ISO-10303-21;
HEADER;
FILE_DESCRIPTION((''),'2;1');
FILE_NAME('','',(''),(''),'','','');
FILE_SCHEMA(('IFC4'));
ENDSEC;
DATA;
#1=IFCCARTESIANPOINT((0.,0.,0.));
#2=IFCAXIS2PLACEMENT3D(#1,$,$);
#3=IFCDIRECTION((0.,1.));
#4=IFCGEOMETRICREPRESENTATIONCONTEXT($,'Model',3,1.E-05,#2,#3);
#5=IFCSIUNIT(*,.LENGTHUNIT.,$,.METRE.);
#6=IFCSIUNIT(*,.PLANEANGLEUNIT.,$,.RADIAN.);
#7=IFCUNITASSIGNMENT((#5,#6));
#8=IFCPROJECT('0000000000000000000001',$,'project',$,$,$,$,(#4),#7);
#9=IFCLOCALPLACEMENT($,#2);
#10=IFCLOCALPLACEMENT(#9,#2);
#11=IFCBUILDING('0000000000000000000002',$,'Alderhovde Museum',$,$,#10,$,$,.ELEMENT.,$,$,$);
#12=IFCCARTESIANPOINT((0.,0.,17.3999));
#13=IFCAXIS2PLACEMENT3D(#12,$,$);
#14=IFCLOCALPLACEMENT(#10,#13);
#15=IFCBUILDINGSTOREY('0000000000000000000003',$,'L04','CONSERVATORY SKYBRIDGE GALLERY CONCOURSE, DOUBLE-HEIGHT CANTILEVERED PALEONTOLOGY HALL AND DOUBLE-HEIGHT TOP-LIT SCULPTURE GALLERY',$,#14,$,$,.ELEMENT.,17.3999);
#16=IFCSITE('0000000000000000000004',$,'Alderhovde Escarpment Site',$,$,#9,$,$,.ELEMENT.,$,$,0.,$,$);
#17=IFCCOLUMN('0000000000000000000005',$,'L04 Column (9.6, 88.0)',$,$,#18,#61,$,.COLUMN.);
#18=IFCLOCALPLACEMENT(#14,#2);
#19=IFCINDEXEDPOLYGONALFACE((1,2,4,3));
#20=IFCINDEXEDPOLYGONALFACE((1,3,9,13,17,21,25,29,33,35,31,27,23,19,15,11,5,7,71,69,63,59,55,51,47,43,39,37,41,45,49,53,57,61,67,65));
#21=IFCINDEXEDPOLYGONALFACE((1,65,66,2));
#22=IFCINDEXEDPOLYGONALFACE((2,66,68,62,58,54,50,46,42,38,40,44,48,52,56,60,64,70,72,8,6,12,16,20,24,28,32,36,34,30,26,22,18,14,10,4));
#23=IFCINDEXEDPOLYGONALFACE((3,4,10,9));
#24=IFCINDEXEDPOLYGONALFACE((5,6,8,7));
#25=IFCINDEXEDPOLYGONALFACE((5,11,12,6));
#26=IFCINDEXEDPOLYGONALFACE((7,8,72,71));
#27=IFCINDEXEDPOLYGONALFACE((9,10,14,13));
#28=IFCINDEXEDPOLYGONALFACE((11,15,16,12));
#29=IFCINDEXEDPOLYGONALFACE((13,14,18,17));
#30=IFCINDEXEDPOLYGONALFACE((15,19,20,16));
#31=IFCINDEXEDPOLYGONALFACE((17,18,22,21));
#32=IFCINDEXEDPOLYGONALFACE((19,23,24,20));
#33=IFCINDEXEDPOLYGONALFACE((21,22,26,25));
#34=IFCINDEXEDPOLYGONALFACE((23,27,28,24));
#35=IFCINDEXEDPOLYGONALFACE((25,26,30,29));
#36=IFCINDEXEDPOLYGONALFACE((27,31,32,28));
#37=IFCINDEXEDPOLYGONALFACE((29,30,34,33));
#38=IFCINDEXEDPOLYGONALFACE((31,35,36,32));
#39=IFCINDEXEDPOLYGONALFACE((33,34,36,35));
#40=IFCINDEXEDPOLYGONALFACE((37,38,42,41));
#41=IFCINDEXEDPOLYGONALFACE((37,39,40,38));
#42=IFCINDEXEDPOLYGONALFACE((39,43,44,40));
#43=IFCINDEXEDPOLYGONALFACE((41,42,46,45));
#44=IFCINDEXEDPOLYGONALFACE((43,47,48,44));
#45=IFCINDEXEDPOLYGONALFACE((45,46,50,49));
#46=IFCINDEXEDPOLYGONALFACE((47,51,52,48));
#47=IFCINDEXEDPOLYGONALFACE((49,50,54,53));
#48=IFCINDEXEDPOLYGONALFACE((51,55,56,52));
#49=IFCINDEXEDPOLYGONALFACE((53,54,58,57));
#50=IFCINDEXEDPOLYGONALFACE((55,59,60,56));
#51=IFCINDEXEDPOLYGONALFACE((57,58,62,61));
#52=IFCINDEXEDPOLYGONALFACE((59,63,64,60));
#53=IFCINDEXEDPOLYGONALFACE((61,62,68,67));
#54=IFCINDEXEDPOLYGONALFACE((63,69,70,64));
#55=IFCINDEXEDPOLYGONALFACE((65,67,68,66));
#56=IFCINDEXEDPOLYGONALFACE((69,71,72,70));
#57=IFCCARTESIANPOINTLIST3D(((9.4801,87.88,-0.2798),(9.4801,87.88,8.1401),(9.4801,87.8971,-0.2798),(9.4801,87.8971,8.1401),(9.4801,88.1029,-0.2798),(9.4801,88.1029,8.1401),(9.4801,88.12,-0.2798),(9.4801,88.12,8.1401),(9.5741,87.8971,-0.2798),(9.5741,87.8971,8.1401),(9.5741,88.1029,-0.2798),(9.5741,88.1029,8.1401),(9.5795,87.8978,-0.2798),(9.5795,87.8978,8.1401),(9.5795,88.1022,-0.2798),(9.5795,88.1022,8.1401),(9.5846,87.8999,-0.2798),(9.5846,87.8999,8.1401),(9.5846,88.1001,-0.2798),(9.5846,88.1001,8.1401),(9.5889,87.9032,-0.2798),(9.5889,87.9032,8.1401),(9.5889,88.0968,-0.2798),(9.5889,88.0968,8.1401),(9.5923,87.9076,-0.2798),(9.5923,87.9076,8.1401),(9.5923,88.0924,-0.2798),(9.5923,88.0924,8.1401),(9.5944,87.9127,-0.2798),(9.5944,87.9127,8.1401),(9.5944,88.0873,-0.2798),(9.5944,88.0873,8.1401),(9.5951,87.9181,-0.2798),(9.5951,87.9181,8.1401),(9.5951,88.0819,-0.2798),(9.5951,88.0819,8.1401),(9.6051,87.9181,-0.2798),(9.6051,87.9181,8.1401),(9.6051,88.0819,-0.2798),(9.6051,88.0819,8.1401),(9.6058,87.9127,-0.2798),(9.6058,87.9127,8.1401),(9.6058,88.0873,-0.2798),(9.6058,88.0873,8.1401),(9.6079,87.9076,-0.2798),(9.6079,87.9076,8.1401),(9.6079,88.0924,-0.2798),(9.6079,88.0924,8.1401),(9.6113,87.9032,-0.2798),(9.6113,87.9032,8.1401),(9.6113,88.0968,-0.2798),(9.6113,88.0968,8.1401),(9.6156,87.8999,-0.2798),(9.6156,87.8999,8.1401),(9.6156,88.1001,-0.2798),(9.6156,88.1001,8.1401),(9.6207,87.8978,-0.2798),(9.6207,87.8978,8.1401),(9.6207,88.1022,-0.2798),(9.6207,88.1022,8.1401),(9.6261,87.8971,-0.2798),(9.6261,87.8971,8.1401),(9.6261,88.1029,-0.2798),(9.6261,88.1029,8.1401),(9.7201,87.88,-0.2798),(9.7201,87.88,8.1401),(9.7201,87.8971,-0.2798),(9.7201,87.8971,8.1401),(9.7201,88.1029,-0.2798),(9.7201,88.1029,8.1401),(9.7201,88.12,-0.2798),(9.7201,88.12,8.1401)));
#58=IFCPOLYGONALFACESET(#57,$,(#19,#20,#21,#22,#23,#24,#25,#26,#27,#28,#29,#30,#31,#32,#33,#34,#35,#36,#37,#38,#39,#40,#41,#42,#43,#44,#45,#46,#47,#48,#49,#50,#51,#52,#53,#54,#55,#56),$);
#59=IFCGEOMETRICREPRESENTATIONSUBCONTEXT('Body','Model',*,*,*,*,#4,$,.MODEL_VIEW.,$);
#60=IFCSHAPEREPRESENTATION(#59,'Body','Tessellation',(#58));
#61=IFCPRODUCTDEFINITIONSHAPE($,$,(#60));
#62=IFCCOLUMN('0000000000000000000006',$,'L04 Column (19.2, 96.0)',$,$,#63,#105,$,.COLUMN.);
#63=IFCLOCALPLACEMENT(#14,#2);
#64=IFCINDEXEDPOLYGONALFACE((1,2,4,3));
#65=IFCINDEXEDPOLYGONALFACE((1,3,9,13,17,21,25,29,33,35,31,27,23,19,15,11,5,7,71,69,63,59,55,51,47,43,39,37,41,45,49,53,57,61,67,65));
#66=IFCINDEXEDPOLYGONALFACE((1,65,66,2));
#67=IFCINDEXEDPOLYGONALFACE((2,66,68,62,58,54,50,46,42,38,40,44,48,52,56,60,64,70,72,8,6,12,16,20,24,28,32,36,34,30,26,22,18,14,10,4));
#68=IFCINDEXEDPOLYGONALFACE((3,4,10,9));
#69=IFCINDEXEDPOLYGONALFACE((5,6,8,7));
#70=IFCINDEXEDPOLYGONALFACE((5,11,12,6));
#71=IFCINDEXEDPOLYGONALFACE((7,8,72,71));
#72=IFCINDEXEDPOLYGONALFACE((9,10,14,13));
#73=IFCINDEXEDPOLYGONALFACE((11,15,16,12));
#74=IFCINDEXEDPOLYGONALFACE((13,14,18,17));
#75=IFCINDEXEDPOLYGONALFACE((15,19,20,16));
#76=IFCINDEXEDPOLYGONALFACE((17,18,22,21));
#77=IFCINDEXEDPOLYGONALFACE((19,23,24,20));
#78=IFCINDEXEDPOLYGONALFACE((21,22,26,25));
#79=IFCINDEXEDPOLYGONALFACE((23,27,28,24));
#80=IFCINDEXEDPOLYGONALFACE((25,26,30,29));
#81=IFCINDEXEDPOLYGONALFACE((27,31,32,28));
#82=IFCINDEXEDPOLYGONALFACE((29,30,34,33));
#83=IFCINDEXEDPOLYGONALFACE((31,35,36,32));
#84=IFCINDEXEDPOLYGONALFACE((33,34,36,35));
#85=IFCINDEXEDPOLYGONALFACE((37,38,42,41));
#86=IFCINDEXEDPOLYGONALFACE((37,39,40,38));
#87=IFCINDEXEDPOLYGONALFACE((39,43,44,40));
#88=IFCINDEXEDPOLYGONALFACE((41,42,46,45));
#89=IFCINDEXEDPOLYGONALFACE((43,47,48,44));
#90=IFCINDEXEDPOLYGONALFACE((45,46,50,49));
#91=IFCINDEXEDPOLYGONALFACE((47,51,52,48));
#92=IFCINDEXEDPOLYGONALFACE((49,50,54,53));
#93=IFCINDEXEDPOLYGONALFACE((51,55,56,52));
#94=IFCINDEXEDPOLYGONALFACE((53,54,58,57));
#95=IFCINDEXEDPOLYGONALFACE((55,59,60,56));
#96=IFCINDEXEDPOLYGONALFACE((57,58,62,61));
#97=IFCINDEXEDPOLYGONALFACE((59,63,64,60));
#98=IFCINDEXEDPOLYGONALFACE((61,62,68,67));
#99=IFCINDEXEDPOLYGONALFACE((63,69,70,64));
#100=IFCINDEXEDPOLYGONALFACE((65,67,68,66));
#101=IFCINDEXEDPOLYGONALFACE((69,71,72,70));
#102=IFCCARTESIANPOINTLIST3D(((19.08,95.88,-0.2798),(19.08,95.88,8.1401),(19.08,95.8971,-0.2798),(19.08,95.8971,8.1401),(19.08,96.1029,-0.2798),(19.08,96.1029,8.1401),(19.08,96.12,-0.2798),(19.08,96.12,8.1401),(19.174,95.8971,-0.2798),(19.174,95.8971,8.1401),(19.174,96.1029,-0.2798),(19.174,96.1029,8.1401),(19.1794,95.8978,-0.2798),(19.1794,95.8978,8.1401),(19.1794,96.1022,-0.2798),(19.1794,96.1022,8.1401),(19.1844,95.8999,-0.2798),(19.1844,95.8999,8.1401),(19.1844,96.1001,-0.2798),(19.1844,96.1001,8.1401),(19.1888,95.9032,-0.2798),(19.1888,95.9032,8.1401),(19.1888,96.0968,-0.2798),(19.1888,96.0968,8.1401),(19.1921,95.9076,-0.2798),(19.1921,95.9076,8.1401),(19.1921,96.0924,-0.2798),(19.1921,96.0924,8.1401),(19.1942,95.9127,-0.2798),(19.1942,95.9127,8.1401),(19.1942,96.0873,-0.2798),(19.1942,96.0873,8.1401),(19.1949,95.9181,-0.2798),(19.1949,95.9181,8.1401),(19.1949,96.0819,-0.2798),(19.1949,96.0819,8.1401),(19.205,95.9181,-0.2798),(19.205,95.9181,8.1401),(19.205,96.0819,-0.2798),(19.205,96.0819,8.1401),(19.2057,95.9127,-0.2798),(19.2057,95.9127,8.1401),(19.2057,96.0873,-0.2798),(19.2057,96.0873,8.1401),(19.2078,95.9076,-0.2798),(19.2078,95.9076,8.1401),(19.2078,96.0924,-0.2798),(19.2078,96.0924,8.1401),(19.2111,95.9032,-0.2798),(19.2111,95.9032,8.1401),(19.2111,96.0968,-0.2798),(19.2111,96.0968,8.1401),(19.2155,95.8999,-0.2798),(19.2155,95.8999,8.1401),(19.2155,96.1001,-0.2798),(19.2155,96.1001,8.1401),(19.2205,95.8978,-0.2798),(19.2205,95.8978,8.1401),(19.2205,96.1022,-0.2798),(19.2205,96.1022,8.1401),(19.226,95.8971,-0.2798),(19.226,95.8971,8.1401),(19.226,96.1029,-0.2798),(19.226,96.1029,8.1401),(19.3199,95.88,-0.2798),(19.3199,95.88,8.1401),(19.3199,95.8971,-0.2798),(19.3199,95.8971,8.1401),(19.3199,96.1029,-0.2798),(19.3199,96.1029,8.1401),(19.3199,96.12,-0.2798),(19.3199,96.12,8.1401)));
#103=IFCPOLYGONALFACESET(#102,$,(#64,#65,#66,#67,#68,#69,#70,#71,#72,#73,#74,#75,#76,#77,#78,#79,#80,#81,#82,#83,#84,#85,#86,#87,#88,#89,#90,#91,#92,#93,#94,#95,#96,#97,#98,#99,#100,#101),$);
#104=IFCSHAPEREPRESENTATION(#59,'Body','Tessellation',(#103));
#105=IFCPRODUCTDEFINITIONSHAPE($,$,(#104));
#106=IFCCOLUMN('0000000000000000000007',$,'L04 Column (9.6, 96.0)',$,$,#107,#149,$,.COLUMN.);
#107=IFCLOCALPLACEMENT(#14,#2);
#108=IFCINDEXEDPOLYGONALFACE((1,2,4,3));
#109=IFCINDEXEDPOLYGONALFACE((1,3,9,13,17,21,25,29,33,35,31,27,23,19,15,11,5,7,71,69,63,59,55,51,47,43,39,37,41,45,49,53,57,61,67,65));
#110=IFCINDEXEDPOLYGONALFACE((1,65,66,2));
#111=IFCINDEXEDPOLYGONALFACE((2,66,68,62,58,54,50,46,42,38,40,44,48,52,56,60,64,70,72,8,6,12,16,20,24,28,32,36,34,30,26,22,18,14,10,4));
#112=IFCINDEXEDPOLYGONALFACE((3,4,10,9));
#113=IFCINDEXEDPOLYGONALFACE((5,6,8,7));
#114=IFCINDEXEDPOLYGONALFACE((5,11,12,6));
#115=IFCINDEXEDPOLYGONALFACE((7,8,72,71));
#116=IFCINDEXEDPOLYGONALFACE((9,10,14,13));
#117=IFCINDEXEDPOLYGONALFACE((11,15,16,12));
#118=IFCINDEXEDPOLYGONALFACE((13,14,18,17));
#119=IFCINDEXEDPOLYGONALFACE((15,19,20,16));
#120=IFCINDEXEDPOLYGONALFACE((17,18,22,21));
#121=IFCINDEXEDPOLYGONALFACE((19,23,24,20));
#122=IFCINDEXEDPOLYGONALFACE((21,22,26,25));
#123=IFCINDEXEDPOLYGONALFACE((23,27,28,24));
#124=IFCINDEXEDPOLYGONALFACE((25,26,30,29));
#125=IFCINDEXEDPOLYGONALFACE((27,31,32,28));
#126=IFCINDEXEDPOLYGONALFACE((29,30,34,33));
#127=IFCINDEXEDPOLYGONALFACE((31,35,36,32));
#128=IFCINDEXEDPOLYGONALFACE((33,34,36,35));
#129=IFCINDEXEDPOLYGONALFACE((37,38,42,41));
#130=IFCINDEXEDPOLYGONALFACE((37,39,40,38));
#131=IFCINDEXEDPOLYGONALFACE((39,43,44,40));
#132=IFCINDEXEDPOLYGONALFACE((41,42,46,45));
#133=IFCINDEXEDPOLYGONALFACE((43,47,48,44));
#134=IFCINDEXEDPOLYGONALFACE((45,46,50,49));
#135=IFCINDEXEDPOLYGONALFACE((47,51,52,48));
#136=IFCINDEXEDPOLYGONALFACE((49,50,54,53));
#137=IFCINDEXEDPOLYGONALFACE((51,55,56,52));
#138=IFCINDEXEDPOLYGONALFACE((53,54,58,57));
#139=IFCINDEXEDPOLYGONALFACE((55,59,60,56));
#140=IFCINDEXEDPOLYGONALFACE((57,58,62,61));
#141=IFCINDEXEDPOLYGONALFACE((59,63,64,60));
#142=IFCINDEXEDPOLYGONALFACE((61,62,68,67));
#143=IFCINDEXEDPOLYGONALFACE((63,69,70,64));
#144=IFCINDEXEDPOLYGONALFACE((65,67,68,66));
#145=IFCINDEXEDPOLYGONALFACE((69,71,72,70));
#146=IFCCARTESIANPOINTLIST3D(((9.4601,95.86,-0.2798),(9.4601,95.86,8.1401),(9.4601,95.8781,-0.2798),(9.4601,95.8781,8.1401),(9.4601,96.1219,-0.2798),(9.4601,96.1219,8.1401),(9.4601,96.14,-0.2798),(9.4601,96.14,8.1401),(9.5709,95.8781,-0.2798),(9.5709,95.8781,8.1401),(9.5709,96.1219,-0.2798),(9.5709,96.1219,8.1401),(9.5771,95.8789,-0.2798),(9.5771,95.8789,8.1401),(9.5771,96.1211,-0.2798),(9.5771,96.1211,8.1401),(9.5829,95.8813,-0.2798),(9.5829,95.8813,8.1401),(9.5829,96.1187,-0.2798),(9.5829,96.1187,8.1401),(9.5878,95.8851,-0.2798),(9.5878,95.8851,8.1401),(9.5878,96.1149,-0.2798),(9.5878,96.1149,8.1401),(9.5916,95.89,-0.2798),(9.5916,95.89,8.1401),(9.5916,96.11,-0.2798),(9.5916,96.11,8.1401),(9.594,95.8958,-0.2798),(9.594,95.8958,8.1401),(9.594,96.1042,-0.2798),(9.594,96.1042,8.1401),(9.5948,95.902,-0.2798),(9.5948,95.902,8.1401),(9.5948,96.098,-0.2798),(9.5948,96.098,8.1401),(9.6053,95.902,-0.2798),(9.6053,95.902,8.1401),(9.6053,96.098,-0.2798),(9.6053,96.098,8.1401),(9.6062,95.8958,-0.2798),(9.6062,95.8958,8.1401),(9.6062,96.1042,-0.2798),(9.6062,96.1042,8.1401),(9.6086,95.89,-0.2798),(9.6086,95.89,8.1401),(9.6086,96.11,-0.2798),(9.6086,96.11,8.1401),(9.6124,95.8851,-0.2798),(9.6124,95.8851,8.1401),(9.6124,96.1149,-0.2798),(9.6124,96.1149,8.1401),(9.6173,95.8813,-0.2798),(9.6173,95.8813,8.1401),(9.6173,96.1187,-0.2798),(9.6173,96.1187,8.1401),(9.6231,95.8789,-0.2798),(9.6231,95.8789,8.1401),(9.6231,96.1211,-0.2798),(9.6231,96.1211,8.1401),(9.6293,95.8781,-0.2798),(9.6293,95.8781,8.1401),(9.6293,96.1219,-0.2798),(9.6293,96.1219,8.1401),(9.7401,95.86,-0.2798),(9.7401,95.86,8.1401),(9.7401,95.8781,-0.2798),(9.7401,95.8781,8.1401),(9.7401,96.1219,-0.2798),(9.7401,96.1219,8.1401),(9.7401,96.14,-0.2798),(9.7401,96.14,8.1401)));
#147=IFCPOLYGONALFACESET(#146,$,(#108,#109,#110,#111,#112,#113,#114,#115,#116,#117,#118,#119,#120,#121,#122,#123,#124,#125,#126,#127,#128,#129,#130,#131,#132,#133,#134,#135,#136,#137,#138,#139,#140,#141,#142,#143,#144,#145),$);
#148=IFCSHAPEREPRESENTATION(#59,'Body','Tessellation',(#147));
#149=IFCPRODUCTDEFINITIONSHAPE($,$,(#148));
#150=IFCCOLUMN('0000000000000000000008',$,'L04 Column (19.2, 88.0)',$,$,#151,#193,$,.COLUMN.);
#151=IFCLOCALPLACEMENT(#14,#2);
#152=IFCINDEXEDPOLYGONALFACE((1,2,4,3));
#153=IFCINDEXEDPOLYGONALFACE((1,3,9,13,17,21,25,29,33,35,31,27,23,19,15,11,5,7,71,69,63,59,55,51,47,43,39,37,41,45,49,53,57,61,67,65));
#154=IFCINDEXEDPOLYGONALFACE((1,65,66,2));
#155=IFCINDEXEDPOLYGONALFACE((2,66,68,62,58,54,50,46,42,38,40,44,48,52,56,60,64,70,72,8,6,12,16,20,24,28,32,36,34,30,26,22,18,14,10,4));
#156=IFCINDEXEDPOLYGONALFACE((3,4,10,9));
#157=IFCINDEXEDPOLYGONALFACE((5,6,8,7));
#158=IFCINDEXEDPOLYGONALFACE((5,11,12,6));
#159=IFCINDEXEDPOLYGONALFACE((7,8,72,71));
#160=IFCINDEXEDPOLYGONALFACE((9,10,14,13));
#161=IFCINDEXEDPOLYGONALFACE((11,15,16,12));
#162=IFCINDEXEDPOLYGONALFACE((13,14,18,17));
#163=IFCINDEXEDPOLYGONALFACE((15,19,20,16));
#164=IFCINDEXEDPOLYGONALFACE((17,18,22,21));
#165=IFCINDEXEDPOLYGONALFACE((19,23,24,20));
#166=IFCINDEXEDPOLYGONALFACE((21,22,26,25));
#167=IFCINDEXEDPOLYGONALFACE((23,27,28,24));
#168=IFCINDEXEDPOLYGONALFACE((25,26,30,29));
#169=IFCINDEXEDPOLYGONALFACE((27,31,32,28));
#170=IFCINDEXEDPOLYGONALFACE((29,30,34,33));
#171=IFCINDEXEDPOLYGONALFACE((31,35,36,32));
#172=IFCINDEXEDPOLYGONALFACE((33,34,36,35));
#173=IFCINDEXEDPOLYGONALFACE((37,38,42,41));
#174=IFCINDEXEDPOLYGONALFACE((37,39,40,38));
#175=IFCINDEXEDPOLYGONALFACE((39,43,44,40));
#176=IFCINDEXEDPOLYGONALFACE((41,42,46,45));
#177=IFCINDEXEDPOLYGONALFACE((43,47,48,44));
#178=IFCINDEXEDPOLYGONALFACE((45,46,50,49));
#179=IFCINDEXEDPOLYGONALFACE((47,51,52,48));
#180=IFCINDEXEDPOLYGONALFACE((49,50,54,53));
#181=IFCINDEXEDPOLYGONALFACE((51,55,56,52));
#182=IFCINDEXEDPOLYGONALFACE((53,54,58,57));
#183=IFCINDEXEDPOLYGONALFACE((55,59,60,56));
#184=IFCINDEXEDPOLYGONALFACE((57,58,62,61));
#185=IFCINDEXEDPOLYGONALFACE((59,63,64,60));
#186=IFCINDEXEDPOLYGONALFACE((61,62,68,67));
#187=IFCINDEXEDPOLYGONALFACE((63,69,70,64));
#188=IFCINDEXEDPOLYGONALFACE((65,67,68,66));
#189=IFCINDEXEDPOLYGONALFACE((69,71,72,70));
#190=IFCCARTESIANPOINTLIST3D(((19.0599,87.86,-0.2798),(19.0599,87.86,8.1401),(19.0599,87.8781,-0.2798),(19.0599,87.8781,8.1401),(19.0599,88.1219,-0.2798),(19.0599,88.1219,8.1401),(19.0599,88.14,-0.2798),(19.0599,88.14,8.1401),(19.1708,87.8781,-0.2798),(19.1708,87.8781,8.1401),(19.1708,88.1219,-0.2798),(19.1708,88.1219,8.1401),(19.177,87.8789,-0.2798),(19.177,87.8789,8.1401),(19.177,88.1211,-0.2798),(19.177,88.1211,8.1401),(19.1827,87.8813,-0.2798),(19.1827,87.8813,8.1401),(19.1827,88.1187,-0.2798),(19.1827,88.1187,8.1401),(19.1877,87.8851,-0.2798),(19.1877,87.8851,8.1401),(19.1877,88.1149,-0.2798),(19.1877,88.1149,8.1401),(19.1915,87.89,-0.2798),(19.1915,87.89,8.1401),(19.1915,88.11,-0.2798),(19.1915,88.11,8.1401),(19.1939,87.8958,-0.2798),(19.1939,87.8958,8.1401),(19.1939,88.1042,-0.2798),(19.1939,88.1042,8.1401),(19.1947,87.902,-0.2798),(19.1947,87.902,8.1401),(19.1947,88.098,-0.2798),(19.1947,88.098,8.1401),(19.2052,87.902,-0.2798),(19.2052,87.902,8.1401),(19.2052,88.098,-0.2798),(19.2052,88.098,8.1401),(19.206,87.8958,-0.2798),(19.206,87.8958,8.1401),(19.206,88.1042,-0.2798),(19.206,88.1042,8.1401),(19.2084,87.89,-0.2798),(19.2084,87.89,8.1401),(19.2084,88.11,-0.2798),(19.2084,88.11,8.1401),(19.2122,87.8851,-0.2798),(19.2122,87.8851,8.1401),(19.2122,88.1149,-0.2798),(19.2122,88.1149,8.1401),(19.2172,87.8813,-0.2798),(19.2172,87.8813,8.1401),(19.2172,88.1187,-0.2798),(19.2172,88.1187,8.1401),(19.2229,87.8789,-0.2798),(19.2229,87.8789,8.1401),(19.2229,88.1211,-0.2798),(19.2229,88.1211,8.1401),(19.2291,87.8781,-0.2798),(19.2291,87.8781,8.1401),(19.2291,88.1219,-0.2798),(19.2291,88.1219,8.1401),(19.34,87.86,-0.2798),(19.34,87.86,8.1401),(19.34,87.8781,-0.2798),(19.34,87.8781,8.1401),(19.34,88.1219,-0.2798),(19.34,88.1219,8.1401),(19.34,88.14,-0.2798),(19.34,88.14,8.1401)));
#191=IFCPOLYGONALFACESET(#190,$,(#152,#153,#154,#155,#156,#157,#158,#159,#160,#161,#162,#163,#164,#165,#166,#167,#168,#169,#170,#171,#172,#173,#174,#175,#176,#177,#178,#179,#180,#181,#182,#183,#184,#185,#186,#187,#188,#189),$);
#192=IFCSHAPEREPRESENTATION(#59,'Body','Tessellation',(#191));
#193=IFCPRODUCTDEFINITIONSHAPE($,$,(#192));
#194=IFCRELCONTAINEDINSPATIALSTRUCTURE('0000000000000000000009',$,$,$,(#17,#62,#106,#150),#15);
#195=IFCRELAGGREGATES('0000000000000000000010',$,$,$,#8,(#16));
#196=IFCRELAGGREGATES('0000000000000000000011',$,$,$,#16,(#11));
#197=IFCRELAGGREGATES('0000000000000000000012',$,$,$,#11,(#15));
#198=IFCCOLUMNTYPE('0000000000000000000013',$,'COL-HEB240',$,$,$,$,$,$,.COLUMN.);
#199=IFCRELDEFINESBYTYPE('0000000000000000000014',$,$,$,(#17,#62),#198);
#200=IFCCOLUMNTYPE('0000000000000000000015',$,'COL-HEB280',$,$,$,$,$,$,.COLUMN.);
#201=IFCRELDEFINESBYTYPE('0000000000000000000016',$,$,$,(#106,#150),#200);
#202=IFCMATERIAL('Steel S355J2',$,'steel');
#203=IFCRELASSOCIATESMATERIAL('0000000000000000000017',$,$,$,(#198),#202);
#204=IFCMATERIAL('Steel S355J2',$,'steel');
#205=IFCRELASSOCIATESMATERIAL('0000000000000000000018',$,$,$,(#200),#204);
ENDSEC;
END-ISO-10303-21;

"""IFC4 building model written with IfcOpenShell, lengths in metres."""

from ifc_helpers import new_model, si_unit, direction, frame, origin, origin_2d, place, context, subcontext, project, spatial, i_section, extrude, material, material_profile, profile_set, type_object, element, save


model = new_model("IFC4")

# Units and contexts
model_context = context("Model", 3, precision=1e-05, world=origin(), true_north=direction((0.0, 1.0)))
body_context = subcontext(model_context, "Body", "Model", "MODEL_VIEW")
ifc_project = project(units=[si_unit("LENGTHUNIT", "METRE"), si_unit("PLANEANGLEUNIT", "RADIAN")], contexts=[model_context])

# Site, building, storey
site_placement = place(None, origin())
site = spatial("IfcSite", under=ifc_project, at=site_placement, Name="Alderhovde Escarpment Site", CompositionType="ELEMENT", RefElevation=0.0)
building_placement = place(site_placement, origin())
building = spatial("IfcBuilding", under=site, at=building_placement, Name="Alderhovde Museum", CompositionType="ELEMENT")
storey_placement = place(building_placement, frame((0.0, 0.0, 17.3999)))
storey = spatial("IfcBuildingStorey", under=building, at=storey_placement, Name="L04", Description="CONSERVATORY SKYBRIDGE GALLERY CONCOURSE, DOUBLE-HEIGHT CANTILEVERED PALEONTOLOGY HALL AND DOUBLE-HEIGHT TOP-LIT SCULPTURE GALLERY", CompositionType="ELEMENT", Elevation=17.3999)

# Columns
ifc_material_1 = material(Name="Steel S355J2", Category="steel")
ifc_material_profile_1 = material_profile(ifc_material_1, i_section(OverallWidth=0.24, OverallDepth=0.24, WebThickness=0.01, FlangeThickness=0.0171, FilletRadius=0.021, at=origin_2d()), Name="HEB 240")
ifc_profile_set_1 = profile_set([ifc_material_profile_1], Name="Steel S355J2")
column_type_1 = type_object("IfcColumnType", Name="COL-HEB240", PredefinedType="COLUMN", material=ifc_profile_set_1)
for number, where, z_axis, x_axis, name in (
    (1, (9.6001, 88.0, -0.2798), (0.0, 0.0, 1.0), (1.0, 0.0, 0.0), "L04 Column (9.6, 88.0)"),
    (2, (19.2, 96.0, -0.2798), (0.0, 0.0, 1.0), (1.0, 0.0, 0.0), "L04 Column (19.2, 96.0)"),
):
    element("IfcColumn", number, at=place(storey_placement, frame(where, z_axis=z_axis, x_axis=x_axis)), inside=storey, type_object=column_type_1, Name=name, PredefinedType="COLUMN", context=body_context, shape_type="SweptSolid", body=[
        extrude(i_section(OverallWidth=0.24, OverallDepth=0.24, WebThickness=0.01, FlangeThickness=0.0171, FilletRadius=0.021, at=origin_2d()), origin(), (0.0, 0.0, 1.0), 8.4199),
    ])
ifc_material_2 = material(Name="Steel S355J2", Category="steel")
ifc_material_profile_2 = material_profile(ifc_material_2, i_section(OverallWidth=0.28, OverallDepth=0.28, WebThickness=0.0105, FlangeThickness=0.0181, FilletRadius=0.0239, at=origin_2d()), Name="HEB 280")
ifc_profile_set_2 = profile_set([ifc_material_profile_2], Name="Steel S355J2")
column_type_2 = type_object("IfcColumnType", Name="COL-HEB280", PredefinedType="COLUMN", material=ifc_profile_set_2)
for number, where, z_axis, x_axis, name in (
    (3, (9.6001, 96.0, -0.2798), (0.0, 0.0, 1.0), (1.0, 0.0, 0.0), "L04 Column (9.6, 96.0)"),
    (4, (19.2, 88.0, -0.2798), (0.0, 0.0, 1.0), (1.0, 0.0, 0.0), "L04 Column (19.2, 88.0)"),
):
    element("IfcColumn", number, at=place(storey_placement, frame(where, z_axis=z_axis, x_axis=x_axis)), inside=storey, type_object=column_type_2, Name=name, PredefinedType="COLUMN", context=body_context, shape_type="SweptSolid", body=[
        extrude(i_section(OverallWidth=0.28, OverallDepth=0.28, WebThickness=0.0105, FlangeThickness=0.0181, FilletRadius=0.0239, at=origin_2d()), origin(), (0.0, 0.0, 1.0), 8.4199),
    ])

save(model, "model.ifc")
